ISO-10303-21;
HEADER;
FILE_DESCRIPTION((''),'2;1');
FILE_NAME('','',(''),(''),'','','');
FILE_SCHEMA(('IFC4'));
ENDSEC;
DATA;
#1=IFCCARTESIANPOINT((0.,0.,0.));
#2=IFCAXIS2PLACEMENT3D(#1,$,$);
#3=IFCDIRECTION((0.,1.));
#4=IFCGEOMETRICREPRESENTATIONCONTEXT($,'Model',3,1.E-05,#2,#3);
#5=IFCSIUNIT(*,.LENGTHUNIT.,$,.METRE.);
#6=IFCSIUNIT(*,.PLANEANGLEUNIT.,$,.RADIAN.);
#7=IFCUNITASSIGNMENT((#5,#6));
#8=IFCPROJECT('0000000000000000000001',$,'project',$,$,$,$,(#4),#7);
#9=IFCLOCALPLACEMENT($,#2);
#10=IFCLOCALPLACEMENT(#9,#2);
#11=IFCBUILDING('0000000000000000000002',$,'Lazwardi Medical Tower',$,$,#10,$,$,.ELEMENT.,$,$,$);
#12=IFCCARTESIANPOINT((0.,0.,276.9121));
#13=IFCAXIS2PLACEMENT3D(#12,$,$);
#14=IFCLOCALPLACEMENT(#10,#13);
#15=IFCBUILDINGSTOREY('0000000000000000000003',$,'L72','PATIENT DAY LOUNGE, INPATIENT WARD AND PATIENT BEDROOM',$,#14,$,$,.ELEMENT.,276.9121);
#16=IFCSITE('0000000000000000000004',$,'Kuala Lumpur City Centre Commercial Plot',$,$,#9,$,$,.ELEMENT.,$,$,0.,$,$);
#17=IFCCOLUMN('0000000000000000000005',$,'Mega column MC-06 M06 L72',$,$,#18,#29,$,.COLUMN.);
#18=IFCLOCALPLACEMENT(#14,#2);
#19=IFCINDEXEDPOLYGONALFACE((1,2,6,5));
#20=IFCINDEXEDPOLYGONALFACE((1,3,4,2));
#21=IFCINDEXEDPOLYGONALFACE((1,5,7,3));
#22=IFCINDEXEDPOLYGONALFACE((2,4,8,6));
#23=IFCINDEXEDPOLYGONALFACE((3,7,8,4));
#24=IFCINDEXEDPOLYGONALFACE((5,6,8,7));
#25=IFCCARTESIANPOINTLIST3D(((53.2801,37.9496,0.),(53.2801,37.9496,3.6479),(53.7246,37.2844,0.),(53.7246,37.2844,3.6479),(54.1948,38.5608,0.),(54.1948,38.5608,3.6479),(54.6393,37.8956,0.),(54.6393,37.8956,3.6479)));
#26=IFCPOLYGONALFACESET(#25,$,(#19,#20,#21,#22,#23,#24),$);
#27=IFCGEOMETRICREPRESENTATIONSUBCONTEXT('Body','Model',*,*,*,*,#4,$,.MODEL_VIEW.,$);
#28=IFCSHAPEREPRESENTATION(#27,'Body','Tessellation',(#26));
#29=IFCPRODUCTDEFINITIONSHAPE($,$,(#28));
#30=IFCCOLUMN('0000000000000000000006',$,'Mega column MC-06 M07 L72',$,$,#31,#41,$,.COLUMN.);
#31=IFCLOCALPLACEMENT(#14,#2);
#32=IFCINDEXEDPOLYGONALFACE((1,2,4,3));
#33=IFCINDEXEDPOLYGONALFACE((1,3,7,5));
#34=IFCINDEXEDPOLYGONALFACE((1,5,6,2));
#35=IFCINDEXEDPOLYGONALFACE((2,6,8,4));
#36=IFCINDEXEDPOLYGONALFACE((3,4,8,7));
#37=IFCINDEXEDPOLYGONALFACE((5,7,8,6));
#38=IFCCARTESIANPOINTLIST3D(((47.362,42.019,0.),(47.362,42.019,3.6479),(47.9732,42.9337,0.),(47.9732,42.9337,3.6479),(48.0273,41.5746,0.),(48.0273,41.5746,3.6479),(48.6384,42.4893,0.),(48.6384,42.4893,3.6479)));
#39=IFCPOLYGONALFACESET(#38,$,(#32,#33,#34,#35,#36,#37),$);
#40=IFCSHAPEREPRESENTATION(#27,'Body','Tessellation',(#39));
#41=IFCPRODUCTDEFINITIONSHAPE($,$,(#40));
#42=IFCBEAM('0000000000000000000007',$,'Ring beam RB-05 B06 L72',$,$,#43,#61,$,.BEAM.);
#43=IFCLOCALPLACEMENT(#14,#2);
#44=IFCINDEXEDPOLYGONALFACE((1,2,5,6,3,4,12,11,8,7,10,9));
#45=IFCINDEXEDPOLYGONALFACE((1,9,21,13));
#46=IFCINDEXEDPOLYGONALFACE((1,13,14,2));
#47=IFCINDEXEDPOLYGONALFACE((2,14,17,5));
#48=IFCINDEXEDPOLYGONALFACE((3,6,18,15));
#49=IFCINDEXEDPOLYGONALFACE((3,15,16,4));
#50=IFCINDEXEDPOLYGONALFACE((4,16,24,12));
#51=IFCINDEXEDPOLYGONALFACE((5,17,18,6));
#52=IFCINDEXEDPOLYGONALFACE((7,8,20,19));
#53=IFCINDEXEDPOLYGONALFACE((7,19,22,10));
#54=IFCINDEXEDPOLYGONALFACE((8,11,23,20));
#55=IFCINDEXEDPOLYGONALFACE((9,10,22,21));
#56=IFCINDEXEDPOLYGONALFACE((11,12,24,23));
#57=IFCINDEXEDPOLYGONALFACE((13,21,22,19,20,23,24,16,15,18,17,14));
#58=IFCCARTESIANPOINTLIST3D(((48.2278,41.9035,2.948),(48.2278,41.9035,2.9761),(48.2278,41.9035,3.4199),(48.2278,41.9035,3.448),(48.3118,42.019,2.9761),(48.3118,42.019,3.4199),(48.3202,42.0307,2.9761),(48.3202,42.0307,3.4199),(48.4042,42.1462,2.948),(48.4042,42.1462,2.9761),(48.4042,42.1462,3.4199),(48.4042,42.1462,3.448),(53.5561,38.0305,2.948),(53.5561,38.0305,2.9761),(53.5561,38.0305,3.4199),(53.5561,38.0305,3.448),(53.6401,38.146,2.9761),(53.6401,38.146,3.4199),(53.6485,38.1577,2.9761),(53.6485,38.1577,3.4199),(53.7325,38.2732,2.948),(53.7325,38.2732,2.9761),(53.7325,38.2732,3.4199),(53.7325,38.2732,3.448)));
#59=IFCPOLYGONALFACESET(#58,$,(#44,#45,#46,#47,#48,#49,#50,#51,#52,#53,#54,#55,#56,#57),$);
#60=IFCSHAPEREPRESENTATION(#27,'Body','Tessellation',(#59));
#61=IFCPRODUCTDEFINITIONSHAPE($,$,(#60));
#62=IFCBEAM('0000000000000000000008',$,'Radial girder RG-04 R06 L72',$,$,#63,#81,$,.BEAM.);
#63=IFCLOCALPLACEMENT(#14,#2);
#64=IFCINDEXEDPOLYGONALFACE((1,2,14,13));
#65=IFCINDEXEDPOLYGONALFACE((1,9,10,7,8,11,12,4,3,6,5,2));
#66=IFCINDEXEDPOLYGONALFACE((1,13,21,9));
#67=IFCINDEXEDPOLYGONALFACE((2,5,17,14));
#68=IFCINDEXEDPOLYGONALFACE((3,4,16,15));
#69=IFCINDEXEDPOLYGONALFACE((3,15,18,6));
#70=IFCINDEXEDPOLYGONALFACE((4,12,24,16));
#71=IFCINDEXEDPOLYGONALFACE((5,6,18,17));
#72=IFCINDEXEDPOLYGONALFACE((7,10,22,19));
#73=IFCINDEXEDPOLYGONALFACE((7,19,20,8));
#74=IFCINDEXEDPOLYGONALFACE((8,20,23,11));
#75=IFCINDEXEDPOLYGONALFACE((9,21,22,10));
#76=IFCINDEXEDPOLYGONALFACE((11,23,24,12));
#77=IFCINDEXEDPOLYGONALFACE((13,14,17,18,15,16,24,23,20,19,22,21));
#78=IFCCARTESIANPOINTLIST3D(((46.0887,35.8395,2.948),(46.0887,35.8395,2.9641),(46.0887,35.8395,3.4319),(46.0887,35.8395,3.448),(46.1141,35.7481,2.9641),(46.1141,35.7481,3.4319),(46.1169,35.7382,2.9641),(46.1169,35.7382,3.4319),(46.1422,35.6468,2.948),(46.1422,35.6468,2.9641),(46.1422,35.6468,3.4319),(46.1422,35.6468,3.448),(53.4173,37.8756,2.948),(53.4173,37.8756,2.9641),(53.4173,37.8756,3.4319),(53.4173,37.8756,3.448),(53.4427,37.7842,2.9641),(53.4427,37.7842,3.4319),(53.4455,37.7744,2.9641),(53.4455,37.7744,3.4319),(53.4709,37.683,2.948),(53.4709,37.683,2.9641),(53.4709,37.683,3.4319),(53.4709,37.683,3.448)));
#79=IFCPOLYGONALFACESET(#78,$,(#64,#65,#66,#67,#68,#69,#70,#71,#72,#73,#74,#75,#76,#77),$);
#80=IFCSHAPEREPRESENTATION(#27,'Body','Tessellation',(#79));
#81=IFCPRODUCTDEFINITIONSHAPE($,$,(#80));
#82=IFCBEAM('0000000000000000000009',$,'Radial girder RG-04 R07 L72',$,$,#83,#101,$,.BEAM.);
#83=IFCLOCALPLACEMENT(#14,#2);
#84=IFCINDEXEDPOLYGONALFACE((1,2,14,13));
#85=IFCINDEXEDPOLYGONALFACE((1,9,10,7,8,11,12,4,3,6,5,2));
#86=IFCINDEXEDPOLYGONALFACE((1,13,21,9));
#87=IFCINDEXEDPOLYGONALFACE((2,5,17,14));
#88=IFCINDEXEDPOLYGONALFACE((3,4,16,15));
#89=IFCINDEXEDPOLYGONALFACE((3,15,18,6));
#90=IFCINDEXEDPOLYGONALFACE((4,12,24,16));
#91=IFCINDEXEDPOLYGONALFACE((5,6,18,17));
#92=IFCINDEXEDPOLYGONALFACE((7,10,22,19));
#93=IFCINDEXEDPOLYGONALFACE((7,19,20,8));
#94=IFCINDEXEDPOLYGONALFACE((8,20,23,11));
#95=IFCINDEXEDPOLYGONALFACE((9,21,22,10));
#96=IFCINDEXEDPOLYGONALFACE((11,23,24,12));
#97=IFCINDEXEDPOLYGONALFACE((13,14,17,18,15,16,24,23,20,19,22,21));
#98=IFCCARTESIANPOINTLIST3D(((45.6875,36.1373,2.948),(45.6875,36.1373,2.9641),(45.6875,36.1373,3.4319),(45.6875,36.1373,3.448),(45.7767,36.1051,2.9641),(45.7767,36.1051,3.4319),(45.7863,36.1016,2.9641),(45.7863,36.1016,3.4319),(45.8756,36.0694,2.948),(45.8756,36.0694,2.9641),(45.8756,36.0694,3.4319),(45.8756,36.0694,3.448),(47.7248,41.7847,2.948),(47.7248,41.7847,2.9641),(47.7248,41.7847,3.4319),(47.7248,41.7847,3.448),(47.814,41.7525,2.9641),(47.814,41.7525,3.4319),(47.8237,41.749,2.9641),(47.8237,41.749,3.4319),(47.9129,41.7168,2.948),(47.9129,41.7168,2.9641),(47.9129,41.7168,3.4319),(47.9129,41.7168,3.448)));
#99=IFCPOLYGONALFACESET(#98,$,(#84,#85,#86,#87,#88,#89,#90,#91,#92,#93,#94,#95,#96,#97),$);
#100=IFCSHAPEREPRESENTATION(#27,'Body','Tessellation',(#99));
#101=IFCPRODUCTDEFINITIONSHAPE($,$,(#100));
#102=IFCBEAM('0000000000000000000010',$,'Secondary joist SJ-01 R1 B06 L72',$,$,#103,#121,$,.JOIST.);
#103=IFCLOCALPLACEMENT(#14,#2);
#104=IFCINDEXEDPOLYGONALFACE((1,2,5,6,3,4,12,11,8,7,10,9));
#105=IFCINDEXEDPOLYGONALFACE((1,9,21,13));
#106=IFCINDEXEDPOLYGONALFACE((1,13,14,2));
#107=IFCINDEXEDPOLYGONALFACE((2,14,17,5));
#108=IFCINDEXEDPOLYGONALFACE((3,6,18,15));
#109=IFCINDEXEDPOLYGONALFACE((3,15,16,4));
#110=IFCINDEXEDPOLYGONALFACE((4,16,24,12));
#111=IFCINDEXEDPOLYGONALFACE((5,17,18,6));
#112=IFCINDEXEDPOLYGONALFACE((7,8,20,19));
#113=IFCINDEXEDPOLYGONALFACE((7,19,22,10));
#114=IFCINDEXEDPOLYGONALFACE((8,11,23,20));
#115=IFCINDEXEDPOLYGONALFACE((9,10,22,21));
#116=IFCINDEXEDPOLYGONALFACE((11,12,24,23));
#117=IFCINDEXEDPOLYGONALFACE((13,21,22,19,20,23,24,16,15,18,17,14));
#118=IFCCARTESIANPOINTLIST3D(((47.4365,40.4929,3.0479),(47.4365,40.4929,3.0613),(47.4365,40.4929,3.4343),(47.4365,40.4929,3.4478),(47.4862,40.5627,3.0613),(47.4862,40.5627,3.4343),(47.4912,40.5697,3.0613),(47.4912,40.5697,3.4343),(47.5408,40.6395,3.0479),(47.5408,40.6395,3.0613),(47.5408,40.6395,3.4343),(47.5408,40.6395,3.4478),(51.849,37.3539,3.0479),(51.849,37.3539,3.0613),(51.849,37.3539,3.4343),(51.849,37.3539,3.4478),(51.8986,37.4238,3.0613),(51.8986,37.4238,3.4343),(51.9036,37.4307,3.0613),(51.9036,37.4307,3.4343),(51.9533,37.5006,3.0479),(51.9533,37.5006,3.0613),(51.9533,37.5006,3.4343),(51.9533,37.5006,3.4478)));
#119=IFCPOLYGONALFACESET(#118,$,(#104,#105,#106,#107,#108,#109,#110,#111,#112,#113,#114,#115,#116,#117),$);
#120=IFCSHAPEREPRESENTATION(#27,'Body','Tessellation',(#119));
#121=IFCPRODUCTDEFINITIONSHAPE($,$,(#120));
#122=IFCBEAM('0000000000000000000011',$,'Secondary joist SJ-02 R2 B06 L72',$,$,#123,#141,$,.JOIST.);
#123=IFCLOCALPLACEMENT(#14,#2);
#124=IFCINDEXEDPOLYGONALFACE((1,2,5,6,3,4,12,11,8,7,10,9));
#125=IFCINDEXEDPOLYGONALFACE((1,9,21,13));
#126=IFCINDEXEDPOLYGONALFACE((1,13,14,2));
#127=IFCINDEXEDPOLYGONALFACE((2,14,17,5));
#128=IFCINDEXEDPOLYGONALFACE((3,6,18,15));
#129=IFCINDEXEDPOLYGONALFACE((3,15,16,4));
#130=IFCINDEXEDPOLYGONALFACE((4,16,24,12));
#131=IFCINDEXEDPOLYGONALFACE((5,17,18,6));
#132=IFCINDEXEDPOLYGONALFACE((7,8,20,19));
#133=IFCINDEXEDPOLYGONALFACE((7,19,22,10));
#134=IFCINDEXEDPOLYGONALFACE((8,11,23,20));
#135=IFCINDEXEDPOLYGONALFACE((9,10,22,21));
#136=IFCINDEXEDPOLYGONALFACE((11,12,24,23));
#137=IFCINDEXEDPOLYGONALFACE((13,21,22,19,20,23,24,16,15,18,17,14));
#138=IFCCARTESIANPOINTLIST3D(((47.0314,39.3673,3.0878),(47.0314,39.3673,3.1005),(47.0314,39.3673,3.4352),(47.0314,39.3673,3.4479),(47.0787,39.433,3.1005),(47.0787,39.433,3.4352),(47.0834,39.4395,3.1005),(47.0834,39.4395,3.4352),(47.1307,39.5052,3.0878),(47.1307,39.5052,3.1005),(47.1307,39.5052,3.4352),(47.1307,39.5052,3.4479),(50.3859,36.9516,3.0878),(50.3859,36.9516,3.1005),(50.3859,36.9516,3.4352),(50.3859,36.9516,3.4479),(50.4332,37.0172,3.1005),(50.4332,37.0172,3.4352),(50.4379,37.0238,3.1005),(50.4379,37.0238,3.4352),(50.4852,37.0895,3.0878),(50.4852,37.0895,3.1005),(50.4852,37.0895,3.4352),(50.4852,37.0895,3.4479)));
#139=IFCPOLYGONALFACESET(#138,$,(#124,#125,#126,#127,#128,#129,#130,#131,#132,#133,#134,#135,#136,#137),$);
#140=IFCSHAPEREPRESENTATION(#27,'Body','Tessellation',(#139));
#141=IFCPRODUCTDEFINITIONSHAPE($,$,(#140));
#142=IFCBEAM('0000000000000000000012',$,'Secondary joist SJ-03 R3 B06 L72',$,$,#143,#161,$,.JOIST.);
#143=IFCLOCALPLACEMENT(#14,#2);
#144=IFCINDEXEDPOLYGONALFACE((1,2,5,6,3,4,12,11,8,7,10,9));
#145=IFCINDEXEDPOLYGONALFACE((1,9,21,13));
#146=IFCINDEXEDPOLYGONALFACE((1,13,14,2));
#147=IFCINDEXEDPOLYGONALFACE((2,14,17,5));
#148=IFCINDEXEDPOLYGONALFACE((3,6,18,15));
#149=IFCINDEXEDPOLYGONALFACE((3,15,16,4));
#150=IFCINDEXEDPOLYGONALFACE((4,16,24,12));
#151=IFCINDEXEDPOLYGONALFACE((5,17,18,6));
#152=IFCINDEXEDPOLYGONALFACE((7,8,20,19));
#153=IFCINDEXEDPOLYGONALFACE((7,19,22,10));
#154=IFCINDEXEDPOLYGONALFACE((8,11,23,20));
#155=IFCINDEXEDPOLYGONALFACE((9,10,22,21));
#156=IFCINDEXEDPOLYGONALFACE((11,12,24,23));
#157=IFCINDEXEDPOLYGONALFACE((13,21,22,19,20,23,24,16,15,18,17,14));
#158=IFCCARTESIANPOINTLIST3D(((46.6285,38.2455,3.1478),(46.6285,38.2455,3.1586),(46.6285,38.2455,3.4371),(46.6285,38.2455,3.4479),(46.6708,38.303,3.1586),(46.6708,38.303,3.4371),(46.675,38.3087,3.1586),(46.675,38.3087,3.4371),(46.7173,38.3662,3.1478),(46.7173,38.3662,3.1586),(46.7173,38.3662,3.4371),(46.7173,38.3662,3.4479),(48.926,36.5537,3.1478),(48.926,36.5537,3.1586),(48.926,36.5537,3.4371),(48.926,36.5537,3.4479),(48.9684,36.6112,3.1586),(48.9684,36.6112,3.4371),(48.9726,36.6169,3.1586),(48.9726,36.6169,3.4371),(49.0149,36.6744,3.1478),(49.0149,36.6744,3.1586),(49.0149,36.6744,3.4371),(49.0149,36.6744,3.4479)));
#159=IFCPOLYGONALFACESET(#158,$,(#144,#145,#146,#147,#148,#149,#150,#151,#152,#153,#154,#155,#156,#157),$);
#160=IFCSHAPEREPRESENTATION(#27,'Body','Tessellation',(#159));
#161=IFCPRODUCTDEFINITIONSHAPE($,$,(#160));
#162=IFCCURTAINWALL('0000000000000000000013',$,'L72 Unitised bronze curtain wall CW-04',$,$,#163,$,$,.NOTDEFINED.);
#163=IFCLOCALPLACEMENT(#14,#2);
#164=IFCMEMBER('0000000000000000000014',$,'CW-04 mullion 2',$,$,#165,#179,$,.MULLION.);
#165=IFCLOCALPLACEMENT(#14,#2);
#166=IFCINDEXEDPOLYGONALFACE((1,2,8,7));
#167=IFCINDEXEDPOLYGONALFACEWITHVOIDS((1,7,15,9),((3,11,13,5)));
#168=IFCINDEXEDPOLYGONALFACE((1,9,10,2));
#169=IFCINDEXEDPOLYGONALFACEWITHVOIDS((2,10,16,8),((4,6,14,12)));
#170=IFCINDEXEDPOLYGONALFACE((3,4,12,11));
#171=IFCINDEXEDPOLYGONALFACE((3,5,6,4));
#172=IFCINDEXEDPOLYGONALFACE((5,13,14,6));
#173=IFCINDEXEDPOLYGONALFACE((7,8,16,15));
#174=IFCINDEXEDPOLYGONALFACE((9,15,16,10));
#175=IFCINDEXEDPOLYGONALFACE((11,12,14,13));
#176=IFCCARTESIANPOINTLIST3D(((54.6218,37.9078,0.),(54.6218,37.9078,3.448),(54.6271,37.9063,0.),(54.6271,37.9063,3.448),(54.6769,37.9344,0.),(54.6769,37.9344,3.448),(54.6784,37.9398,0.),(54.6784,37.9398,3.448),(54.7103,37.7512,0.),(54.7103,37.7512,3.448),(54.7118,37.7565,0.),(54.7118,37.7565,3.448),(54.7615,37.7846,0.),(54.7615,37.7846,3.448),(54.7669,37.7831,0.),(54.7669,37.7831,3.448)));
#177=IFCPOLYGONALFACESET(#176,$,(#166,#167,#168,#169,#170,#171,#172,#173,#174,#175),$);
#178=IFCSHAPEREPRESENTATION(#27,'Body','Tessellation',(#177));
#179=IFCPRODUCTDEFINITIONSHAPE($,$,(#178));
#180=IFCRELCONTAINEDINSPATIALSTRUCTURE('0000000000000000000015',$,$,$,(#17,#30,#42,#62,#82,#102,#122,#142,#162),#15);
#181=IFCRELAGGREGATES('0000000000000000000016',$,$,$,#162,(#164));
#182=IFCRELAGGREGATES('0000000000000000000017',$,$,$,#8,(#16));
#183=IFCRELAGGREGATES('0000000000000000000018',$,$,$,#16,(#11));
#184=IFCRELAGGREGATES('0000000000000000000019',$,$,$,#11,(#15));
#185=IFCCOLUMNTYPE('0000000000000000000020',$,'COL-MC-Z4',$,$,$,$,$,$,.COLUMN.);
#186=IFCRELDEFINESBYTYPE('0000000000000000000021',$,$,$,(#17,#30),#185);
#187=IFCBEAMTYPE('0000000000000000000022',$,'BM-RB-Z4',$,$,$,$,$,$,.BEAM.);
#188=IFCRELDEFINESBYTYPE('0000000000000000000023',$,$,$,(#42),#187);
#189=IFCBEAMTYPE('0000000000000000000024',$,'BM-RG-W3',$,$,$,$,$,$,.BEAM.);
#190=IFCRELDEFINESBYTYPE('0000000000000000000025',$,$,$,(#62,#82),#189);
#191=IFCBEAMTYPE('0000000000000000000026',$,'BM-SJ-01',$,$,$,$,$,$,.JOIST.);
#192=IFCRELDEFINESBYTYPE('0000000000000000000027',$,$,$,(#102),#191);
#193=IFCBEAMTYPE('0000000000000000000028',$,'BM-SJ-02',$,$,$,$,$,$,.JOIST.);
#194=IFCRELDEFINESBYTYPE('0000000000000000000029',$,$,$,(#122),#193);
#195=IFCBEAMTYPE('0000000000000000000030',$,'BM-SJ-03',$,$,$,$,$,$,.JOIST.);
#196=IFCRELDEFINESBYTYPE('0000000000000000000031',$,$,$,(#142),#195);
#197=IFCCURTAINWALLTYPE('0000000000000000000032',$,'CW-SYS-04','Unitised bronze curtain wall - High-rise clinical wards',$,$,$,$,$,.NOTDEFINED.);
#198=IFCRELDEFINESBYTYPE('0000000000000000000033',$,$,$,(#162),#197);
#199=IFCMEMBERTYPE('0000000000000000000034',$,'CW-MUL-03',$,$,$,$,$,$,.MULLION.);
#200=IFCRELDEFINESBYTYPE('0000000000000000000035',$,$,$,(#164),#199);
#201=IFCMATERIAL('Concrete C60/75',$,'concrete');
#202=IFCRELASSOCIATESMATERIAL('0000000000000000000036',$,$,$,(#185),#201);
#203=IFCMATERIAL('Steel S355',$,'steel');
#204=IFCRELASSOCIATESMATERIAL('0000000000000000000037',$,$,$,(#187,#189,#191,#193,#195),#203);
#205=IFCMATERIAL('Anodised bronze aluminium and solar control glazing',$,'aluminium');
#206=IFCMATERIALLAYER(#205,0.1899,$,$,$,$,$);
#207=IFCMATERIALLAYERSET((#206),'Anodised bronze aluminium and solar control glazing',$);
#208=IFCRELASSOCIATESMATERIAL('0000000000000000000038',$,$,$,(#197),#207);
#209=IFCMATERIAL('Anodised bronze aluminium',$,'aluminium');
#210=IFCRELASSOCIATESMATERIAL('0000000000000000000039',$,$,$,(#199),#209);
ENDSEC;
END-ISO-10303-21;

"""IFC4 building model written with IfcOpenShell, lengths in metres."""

from ifc_helpers import new_model, si_unit, direction, frame, origin, origin_2d, place, context, subcontext, project, spatial, rectangle, hollow_rectangle, i_section, extrude, material, layer, layer_set, material_profile, profile_set, type_object, element, aggregate, save


model = new_model("IFC4")

# Units and contexts
model_context = context("Model", 3, precision=1e-05, world=origin(), true_north=direction((0.0, 1.0)))
body_context = subcontext(model_context, "Body", "Model", "MODEL_VIEW")
ifc_project = project(units=[si_unit("LENGTHUNIT", "METRE"), si_unit("PLANEANGLEUNIT", "RADIAN")], contexts=[model_context])

# Site, building, storey
site_placement = place(None, origin())
site = spatial("IfcSite", under=ifc_project, at=site_placement, Name="Kuala Lumpur City Centre Commercial Plot", CompositionType="ELEMENT", RefElevation=0.0)
building_placement = place(site_placement, origin())
building = spatial("IfcBuilding", under=site, at=building_placement, Name="Lazwardi Medical Tower", CompositionType="ELEMENT")
storey_placement = place(building_placement, frame((0.0, 0.0, 276.9121)))
storey = spatial("IfcBuildingStorey", under=building, at=storey_placement, Name="L72", Description="PATIENT DAY LOUNGE, INPATIENT WARD AND PATIENT BEDROOM", CompositionType="ELEMENT", Elevation=276.9121)

# Columns
ifc_material_1 = material(Name="Concrete C60/75", Category="concrete")
ifc_material_profile_1 = material_profile(ifc_material_1, rectangle(XDim=1.1001, YDim=0.8, at=origin_2d()), Name="CFT-RECT 1100x800")
ifc_profile_set_1 = profile_set([ifc_material_profile_1], Name="Concrete C60/75")
column_type = type_object("IfcColumnType", Name="COL-MC-Z4", PredefinedType="COLUMN", material=ifc_profile_set_1)
for number, where, z_axis, x_axis, name in (
    (1, (53.9597, 37.9226, 0.0), (0.0, 0.0, 1.0), (0.83147, 0.55557, 0.0), "Mega column MC-06 M06 L72"),
    (2, (48.0002, 42.2542, 0.0), (0.0, 0.0, 1.0), (0.55557, 0.83147, 0.0), "Mega column MC-06 M07 L72"),
):
    element("IfcColumn", number, at=place(storey_placement, frame(where, z_axis=z_axis, x_axis=x_axis)), inside=storey, type_object=column_type, Name=name, PredefinedType="COLUMN", context=body_context, shape_type="SweptSolid", body=[
        extrude(rectangle(XDim=1.1001, YDim=0.8, at=origin_2d()), origin(), (0.0, 0.0, 1.0), 3.6479),
    ])

# Beams
ifc_material_2 = material(Name="Steel S355", Category="steel")
ifc_material_profile_2 = material_profile(ifc_material_2, i_section(OverallWidth=0.3, OverallDepth=0.5, WebThickness=0.0144, FlangeThickness=0.0281, at=origin_2d()), Name="HEB 500")
ifc_profile_set_2 = profile_set([ifc_material_profile_2], Name="Steel S355")
beam_type_1 = type_object("IfcBeamType", Name="BM-RB-Z4", PredefinedType="BEAM", material=ifc_profile_set_2)
beam_1_placement = place(storey_placement, frame((53.6443, 38.1519, 3.198), z_axis=(-0.80889, 0.58796, 0.0), x_axis=(-0.58796, -0.80889, 0.0)))
element("IfcBeam", 3, at=beam_1_placement, inside=storey, type_object=beam_type_1, Name="Ring beam RB-05 B06 L72", PredefinedType="BEAM", context=body_context, shape_type="SweptSolid", body=[
    extrude(i_section(OverallWidth=0.3, OverallDepth=0.5, WebThickness=0.0144, FlangeThickness=0.0281, at=origin_2d()), origin(), (0.0, 0.0, 1.0), 6.5872),
])
ifc_material_profile_3 = material_profile(ifc_material_2, i_section(OverallWidth=0.2, OverallDepth=0.5, WebThickness=0.0103, FlangeThickness=0.0161, at=origin_2d()), Name="IPE 500")
ifc_profile_set_3 = profile_set([ifc_material_profile_3], Name="Steel S355")
beam_type_2 = type_object("IfcBeamType", Name="BM-RG-W3", PredefinedType="BEAM", material=ifc_profile_set_3)
beam_2_placement = place(storey_placement, frame((53.4441, 37.7793, 3.198), z_axis=(-0.963504, -0.267694, 0.0), x_axis=(0.267694, -0.963504, 0.0)))
element("IfcBeam", 4, at=beam_2_placement, inside=storey, type_object=beam_type_2, Name="Radial girder RG-04 R06 L72", PredefinedType="BEAM", context=body_context, shape_type="SweptSolid", body=[
    extrude(i_section(OverallWidth=0.2, OverallDepth=0.5, WebThickness=0.0103, FlangeThickness=0.0161, at=origin_2d()), origin(), (0.0, 0.0, 1.0), 7.6062),
])
beam_3_placement = place(storey_placement, frame((47.8188, 41.7507, 3.198), z_axis=(-0.339349, -0.940661, 0.0), x_axis=(0.940661, -0.339349, 0.0)))
element("IfcBeam", 5, at=beam_3_placement, inside=storey, type_object=beam_type_2, Name="Radial girder RG-04 R07 L72", PredefinedType="BEAM", context=body_context, shape_type="SweptSolid", body=[
    extrude(i_section(OverallWidth=0.2, OverallDepth=0.5, WebThickness=0.0103, FlangeThickness=0.0161, at=origin_2d()), origin(), (0.0, 0.0, 1.0), 6.0037),
])
ifc_material_profile_4 = material_profile(ifc_material_2, i_section(OverallWidth=0.1799, OverallDepth=0.3999, WebThickness=0.0085, FlangeThickness=0.0134, at=origin_2d()), Name="IPE 400")
ifc_profile_set_4 = profile_set([ifc_material_profile_4], Name="Steel S355")
beam_type_3 = type_object("IfcBeamType", Name="BM-SJ-01", PredefinedType="JOIST", material=ifc_profile_set_4)
beam_4_placement = place(storey_placement, frame((51.9011, 37.4272, 3.2478), z_axis=(-0.814847, 0.579676, 0.0), x_axis=(-0.579676, -0.814847, 0.0)))
element("IfcBeam", 6, at=beam_4_placement, inside=storey, type_object=beam_type_3, Name="Secondary joist SJ-01 R1 B06 L72", PredefinedType="JOIST", context=body_context, shape_type="SweptSolid", body=[
    extrude(i_section(OverallWidth=0.1799, OverallDepth=0.3999, WebThickness=0.0085, FlangeThickness=0.0134, at=origin_2d()), origin(), (0.0, 0.0, 1.0), 5.415),
])
ifc_material_profile_5 = material_profile(ifc_material_2, i_section(OverallWidth=0.1699, OverallDepth=0.3601, WebThickness=0.0081, FlangeThickness=0.0127, at=origin_2d()), Name="IPE 360")
ifc_profile_set_5 = profile_set([ifc_material_profile_5], Name="Steel S355")
beam_type_4 = type_object("IfcBeamType", Name="BM-SJ-02", PredefinedType="JOIST", material=ifc_profile_set_5)
beam_5_placement = place(storey_placement, frame((50.4355, 37.0205, 3.2678), z_axis=(-0.811473, 0.58439, 0.0), x_axis=(-0.58439, -0.811473, 0.0)))
element("IfcBeam", 7, at=beam_5_placement, inside=storey, type_object=beam_type_4, Name="Secondary joist SJ-02 R2 B06 L72", PredefinedType="JOIST", context=body_context, shape_type="SweptSolid", body=[
    extrude(i_section(OverallWidth=0.1699, OverallDepth=0.3601, WebThickness=0.0081, FlangeThickness=0.0127, at=origin_2d()), origin(), (0.0, 0.0, 1.0), 4.1338),
])
ifc_material_profile_6 = material_profile(ifc_material_2, i_section(OverallWidth=0.1499, OverallDepth=0.3, WebThickness=0.0071, FlangeThickness=0.0107, at=origin_2d()), Name="IPE 300")
ifc_profile_set_6 = profile_set([ifc_material_profile_6], Name="Steel S355")
beam_type_5 = type_object("IfcBeamType", Name="BM-SJ-03", PredefinedType="JOIST", material=ifc_profile_set_6)
beam_6_placement = place(storey_placement, frame((48.9705, 36.614, 3.2979), z_axis=(-0.805236, 0.592954, 0.0), x_axis=(-0.592954, -0.805236, 0.0)))
element("IfcBeam", 8, at=beam_6_placement, inside=storey, type_object=beam_type_5, Name="Secondary joist SJ-03 R3 B06 L72", PredefinedType="JOIST", context=body_context, shape_type="SweptSolid", body=[
    extrude(i_section(OverallWidth=0.1499, OverallDepth=0.3, WebThickness=0.0071, FlangeThickness=0.0107, at=origin_2d()), origin(), (0.0, 0.0, 1.0), 2.8533),
])

# Curtain wall, member
ifc_material_3 = material(Name="Anodised bronze aluminium and solar control glazing", Category="aluminium")
ifc_layer_1 = layer(ifc_material_3, 0.1899)
ifc_layer_set_1 = layer_set([ifc_layer_1], Name="Anodised bronze aluminium and solar control glazing")
curtain_wall_type = type_object("IfcCurtainWallType", Name="CW-SYS-04", Description="Unitised bronze curtain wall - High-rise clinical wards", PredefinedType="NOTDEFINED", material=ifc_layer_set_1)
curtain_wall_1_placement = place(storey_placement, origin())
curtain_wall_1 = element("IfcCurtainWall", 9, at=curtain_wall_1_placement, inside=storey, type_object=curtain_wall_type, Name="L72 Unitised bronze curtain wall CW-04", PredefinedType="NOTDEFINED")
ifc_material_4 = material(Name="Anodised bronze aluminium", Category="aluminium")
ifc_material_profile_7 = material_profile(ifc_material_4, hollow_rectangle(XDim=0.0649, YDim=0.1799, WallThickness=0.0039, at=origin_2d()), Name="ALU-MULLION 180x65x4")
ifc_profile_set_7 = profile_set([ifc_material_profile_7], Name="Anodised bronze aluminium")
member_type_1 = type_object("IfcMemberType", Name="CW-MUL-03", PredefinedType="MULLION", material=ifc_profile_set_7)
member_1_placement = place(storey_placement, frame((54.6943, 37.8455, 0.0), z_axis=(0.0, 0.0, 1.0), x_axis=(-0.870651, -0.4919, 0.0)))
member_1 = element("IfcMember", 10, at=member_1_placement, type_object=member_type_1, Name="CW-04 mullion 2", PredefinedType="MULLION", context=body_context, shape_type="SweptSolid", body=[
    extrude(hollow_rectangle(XDim=0.0649, YDim=0.1799, WallThickness=0.0039, at=origin_2d()), origin(), (0.0, 0.0, 1.0), 3.448),
])
aggregate(curtain_wall_1, [member_1])

save(model, "model.ifc")
